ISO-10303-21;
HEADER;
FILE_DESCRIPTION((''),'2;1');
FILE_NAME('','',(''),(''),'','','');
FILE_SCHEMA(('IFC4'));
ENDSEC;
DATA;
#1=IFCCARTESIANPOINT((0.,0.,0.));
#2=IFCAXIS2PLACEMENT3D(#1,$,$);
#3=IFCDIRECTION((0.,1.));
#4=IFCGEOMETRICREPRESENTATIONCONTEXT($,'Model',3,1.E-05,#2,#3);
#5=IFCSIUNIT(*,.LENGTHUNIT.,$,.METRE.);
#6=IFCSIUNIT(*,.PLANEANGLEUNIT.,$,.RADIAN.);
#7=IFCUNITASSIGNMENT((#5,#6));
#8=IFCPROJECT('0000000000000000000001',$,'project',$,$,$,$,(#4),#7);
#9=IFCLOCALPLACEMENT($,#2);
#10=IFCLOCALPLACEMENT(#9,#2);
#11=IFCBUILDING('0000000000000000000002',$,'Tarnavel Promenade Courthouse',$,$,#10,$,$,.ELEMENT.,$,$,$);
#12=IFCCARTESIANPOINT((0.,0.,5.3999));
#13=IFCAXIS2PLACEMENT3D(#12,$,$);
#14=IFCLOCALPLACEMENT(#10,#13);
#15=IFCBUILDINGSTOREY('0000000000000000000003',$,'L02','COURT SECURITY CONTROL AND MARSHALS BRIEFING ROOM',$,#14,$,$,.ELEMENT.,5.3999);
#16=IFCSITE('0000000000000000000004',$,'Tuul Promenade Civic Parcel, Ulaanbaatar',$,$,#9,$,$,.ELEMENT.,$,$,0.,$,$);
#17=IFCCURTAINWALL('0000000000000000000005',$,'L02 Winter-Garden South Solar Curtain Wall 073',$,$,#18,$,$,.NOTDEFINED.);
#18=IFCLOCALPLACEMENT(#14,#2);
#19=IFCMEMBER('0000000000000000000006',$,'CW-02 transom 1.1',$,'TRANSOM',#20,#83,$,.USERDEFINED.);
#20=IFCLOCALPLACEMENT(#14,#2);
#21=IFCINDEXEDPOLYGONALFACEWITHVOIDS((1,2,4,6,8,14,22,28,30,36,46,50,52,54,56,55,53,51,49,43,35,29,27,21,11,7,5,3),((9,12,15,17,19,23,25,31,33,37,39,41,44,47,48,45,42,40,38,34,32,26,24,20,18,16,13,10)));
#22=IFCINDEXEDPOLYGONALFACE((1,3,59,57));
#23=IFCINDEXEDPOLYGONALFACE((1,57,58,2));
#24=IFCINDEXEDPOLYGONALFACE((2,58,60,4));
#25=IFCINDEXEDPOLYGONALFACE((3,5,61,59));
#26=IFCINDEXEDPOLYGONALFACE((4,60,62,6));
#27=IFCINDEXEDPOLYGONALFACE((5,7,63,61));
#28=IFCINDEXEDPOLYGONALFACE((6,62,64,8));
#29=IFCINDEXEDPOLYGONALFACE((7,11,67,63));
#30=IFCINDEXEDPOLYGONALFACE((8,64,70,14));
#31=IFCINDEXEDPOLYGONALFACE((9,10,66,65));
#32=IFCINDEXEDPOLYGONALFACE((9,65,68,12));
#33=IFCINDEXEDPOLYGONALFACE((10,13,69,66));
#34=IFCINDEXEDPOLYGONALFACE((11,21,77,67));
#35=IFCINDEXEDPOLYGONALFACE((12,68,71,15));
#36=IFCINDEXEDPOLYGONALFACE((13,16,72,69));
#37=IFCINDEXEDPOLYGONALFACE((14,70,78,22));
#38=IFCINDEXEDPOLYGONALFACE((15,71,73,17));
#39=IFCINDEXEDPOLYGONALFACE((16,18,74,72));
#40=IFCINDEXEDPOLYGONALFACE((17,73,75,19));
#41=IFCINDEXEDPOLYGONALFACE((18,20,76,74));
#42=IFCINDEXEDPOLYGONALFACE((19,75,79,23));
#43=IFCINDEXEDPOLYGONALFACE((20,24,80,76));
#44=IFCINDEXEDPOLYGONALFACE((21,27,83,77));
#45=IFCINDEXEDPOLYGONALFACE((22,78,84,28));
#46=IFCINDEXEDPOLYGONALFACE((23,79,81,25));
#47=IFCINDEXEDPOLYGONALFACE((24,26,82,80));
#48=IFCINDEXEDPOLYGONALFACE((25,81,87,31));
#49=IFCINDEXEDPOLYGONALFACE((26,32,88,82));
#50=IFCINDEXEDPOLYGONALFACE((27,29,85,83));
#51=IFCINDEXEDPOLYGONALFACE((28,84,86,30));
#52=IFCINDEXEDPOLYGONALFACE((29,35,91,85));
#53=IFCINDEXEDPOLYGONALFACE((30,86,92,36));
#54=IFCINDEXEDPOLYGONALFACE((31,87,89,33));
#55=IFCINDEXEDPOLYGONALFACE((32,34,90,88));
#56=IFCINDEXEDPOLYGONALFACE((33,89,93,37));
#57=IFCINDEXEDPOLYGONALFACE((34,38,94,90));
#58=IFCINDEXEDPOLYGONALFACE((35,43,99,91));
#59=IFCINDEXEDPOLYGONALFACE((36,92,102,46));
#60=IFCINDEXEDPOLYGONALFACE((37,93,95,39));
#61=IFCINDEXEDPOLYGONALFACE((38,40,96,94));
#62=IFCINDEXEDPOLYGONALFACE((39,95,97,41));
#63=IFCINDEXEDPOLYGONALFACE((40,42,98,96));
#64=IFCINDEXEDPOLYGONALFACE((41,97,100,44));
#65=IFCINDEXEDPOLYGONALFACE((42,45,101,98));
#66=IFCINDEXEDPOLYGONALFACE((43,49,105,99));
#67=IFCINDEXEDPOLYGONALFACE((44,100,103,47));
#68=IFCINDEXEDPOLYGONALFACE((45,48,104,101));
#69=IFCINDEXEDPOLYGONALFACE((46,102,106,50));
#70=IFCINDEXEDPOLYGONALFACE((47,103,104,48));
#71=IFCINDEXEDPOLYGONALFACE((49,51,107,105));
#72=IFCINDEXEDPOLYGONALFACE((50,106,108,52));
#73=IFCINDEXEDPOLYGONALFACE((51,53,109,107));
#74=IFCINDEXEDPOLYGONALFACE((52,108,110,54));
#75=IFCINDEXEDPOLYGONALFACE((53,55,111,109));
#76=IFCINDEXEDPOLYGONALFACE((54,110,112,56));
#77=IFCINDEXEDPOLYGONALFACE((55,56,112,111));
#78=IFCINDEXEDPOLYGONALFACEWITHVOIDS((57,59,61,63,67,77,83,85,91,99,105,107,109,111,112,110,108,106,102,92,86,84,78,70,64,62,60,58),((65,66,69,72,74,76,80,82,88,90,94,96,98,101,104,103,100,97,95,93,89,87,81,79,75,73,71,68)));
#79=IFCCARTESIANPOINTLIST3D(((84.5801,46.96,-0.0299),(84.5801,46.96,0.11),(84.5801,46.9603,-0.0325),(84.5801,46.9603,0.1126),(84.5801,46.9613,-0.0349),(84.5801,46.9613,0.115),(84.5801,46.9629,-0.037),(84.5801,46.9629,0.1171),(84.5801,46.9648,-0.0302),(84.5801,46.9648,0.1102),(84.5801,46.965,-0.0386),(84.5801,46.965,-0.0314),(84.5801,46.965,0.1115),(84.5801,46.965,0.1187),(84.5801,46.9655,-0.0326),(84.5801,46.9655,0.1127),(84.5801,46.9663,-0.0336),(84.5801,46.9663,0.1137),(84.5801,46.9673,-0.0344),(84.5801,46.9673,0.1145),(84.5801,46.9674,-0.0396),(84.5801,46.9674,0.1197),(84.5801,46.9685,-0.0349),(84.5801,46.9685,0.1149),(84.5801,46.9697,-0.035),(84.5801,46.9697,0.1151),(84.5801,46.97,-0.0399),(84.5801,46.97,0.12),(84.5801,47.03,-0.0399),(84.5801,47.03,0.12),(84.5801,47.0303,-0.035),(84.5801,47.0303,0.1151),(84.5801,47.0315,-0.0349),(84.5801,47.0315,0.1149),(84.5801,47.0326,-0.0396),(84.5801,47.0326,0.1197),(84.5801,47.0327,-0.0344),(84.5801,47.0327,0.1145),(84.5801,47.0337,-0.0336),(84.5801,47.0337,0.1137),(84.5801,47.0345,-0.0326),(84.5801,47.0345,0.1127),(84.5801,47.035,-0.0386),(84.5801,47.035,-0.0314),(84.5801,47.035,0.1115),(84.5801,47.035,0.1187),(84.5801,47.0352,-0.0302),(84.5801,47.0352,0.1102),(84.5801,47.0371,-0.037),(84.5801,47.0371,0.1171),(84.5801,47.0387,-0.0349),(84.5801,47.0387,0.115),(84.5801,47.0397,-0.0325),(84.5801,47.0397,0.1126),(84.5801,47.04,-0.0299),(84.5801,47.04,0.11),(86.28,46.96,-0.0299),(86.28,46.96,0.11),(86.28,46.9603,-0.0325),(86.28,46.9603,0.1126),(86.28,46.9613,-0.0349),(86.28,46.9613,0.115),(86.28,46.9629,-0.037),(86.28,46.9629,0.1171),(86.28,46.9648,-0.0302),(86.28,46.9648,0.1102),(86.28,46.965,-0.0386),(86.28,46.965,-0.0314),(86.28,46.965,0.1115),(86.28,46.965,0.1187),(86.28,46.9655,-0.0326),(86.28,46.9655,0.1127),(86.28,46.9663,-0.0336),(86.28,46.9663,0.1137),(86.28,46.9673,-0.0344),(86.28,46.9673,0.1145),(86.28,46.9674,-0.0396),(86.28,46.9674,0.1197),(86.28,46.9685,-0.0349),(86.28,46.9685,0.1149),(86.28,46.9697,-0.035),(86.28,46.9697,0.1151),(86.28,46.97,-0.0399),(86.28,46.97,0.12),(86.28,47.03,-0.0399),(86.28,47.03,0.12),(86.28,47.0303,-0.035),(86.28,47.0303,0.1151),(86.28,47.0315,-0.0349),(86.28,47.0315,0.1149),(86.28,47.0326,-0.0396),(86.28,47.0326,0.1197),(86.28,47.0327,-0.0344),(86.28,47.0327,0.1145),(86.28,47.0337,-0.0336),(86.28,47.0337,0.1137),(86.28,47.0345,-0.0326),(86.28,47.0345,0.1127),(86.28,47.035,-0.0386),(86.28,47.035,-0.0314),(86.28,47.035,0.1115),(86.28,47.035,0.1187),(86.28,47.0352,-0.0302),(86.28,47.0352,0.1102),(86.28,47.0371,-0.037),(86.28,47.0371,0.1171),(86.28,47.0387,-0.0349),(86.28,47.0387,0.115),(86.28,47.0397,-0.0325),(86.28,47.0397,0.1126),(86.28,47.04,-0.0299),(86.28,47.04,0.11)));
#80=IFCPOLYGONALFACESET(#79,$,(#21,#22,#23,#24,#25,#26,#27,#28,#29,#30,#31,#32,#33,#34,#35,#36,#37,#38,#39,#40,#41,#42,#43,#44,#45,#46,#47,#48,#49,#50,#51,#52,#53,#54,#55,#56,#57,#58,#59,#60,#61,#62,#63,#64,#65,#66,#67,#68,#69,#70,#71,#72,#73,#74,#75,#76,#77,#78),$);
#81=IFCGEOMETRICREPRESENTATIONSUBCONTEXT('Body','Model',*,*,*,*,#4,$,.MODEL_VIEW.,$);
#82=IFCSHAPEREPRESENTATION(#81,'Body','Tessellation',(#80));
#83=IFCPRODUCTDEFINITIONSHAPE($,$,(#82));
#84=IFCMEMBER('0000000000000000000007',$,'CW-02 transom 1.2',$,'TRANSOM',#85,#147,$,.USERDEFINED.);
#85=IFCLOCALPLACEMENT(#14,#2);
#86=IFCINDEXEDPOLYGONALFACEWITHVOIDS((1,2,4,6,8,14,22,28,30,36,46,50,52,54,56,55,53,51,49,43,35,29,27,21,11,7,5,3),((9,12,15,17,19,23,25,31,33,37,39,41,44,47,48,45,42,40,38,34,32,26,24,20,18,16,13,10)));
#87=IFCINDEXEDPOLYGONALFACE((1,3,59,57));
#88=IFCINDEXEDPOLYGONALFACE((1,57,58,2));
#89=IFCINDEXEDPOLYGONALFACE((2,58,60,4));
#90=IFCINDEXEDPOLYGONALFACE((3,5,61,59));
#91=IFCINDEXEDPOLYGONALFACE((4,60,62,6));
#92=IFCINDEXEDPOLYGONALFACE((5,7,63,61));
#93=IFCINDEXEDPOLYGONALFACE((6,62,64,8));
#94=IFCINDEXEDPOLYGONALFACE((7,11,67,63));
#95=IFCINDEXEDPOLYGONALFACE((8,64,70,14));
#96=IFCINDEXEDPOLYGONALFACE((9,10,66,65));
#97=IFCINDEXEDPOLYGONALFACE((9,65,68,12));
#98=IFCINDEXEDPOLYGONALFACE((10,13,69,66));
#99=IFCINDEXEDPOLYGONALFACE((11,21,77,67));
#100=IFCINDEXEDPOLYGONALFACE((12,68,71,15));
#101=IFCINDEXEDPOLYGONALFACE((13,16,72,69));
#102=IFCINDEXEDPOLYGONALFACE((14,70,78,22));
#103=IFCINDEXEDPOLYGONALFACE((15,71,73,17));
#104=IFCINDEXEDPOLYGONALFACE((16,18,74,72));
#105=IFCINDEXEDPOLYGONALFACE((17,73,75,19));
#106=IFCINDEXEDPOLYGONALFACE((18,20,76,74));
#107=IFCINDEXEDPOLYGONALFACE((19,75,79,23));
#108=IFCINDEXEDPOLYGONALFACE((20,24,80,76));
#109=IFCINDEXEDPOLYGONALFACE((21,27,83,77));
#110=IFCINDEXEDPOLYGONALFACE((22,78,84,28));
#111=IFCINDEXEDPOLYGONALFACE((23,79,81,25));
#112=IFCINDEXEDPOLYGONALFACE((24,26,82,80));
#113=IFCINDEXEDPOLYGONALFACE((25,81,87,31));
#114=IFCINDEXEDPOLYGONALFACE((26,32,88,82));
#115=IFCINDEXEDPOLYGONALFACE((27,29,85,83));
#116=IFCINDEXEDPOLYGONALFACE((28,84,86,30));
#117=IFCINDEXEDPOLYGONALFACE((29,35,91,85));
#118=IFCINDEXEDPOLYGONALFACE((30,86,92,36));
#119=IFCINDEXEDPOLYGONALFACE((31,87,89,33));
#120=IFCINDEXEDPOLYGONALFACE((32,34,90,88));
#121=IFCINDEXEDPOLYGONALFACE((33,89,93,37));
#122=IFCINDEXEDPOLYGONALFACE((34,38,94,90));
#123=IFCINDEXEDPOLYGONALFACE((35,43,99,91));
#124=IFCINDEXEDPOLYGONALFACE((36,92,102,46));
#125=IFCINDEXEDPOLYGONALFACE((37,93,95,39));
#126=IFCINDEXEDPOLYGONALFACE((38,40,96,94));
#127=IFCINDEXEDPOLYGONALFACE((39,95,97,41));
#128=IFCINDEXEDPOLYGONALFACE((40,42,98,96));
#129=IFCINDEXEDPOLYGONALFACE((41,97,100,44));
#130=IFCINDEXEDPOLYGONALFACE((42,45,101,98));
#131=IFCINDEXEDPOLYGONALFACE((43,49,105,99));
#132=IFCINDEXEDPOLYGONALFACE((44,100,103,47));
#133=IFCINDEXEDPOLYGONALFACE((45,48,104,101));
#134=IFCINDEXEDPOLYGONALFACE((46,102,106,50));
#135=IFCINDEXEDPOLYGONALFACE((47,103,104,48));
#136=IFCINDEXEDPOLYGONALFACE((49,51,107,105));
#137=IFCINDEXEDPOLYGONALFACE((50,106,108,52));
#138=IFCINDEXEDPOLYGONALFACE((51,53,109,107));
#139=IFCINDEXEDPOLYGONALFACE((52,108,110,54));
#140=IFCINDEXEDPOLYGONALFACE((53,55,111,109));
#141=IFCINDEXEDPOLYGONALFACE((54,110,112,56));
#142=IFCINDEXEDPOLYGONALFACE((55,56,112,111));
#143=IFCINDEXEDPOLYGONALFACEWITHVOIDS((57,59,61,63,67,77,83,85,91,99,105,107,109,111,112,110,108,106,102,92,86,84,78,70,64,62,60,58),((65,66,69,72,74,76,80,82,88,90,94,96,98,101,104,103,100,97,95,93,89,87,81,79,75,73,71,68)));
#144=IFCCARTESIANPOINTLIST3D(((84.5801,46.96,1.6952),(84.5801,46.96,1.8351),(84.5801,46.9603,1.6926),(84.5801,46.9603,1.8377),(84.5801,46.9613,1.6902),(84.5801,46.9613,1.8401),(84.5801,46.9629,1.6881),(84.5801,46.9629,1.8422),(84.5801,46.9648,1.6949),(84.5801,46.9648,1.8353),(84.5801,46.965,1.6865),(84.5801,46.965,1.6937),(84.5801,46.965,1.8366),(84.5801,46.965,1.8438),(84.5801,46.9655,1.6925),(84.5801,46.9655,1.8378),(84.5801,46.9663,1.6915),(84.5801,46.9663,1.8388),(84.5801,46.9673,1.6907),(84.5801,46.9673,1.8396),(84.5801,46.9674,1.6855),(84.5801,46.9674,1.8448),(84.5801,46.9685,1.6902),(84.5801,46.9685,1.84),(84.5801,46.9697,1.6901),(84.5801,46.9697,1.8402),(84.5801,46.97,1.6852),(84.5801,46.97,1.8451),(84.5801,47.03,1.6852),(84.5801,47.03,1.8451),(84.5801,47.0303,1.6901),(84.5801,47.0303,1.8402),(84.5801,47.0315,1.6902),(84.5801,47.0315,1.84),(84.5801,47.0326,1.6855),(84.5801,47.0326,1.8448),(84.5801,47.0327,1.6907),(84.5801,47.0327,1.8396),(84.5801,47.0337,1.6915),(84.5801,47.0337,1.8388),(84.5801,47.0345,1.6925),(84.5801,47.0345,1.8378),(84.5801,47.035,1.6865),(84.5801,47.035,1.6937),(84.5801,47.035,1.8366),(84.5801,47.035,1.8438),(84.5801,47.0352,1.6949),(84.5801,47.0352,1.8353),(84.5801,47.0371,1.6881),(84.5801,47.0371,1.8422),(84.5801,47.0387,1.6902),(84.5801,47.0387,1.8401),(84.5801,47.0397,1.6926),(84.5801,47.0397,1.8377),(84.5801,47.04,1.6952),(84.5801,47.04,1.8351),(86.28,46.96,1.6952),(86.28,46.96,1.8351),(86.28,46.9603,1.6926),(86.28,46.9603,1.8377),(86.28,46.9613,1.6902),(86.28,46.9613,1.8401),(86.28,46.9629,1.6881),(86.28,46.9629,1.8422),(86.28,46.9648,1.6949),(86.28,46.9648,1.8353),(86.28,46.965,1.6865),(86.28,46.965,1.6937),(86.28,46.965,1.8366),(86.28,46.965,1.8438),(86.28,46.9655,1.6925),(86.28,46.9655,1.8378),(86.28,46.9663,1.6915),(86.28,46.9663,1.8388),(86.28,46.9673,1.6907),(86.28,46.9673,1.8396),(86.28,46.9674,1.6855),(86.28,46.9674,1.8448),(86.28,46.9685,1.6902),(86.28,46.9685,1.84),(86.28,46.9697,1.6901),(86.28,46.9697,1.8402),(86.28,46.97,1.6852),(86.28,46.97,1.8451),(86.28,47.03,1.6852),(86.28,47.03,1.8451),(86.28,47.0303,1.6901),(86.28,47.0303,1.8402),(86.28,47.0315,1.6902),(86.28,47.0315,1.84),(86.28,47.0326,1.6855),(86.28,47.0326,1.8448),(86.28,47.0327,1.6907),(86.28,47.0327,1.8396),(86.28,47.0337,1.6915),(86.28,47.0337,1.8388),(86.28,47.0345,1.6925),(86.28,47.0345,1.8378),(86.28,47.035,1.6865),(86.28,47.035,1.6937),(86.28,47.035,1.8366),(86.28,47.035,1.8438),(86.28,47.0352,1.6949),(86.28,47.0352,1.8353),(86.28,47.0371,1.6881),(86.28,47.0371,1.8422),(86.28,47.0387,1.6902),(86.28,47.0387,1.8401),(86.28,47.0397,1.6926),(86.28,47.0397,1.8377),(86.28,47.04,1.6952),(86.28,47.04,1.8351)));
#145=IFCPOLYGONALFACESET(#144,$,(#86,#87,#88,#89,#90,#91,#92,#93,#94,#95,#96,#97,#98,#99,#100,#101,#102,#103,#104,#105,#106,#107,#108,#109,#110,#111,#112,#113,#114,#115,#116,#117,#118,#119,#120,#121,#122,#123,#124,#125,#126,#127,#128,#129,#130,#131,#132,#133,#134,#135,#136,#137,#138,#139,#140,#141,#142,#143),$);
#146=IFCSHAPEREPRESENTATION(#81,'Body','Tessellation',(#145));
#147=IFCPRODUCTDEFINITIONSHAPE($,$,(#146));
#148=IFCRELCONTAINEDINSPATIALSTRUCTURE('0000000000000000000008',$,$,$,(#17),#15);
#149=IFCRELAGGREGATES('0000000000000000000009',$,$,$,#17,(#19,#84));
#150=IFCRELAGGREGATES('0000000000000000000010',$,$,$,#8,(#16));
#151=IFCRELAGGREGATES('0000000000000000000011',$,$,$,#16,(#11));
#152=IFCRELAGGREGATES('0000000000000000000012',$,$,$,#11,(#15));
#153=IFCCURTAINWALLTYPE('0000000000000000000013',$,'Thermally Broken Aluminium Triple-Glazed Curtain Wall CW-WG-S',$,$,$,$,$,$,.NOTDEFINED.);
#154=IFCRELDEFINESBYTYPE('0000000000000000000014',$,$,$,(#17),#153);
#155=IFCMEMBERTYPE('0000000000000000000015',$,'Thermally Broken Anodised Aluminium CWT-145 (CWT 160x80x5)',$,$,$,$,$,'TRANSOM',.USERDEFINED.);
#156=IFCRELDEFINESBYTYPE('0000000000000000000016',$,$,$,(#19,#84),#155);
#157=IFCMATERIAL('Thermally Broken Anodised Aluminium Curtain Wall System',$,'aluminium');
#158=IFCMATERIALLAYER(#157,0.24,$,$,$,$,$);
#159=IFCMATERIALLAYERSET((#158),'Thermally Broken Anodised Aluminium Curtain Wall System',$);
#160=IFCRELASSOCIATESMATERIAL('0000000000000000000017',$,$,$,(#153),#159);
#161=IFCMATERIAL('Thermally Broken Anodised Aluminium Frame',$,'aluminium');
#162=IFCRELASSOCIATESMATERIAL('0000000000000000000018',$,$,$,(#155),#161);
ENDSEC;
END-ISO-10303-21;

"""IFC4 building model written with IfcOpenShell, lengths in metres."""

from ifc_helpers import new_model, si_unit, direction, frame, origin, origin_2d, place, context, subcontext, project, spatial, hollow_rectangle, extrude, material, layer, layer_set, material_profile, profile_set, type_object, element, aggregate, save


model = new_model("IFC4")

# Units and contexts
model_context = context("Model", 3, precision=1e-05, world=origin(), true_north=direction((0.0, 1.0)))
body_context = subcontext(model_context, "Body", "Model", "MODEL_VIEW")
ifc_project = project(units=[si_unit("LENGTHUNIT", "METRE"), si_unit("PLANEANGLEUNIT", "RADIAN")], contexts=[model_context])

# Site, building, storey
site_placement = place(None, origin())
site = spatial("IfcSite", under=ifc_project, at=site_placement, Name="Tuul Promenade Civic Parcel, Ulaanbaatar", CompositionType="ELEMENT", RefElevation=0.0)
building_placement = place(site_placement, origin())
building = spatial("IfcBuilding", under=site, at=building_placement, Name="Tarnavel Promenade Courthouse", CompositionType="ELEMENT")
storey_placement = place(building_placement, frame((0.0, 0.0, 5.3999)))
storey = spatial("IfcBuildingStorey", under=building, at=storey_placement, Name="L02", Description="COURT SECURITY CONTROL AND MARSHALS BRIEFING ROOM", CompositionType="ELEMENT", Elevation=5.3999)

# Curtain wall
ifc_material_1 = material(Name="Thermally Broken Anodised Aluminium Curtain Wall System", Category="aluminium")
ifc_layer_1 = layer(ifc_material_1, 0.24)
ifc_layer_set_1 = layer_set([ifc_layer_1], Name="Thermally Broken Anodised Aluminium Curtain Wall System")
curtain_wall_type = type_object("IfcCurtainWallType", Name="Thermally Broken Aluminium Triple-Glazed Curtain Wall CW-WG-S", PredefinedType="NOTDEFINED", material=ifc_layer_set_1)
ifc_material_2 = material(Name="Thermally Broken Anodised Aluminium Frame", Category="aluminium")
curtain_wall_1_placement = place(storey_placement, origin())
curtain_wall_1 = element("IfcCurtainWall", 1, at=curtain_wall_1_placement, inside=storey, type_object=curtain_wall_type, Name="L02 Winter-Garden South Solar Curtain Wall 073", PredefinedType="NOTDEFINED")

# Members
ifc_material_profile_1 = material_profile(ifc_material_2, hollow_rectangle(XDim=0.0801, YDim=0.1599, WallThickness=0.0049, InnerFilletRadius=0.0049, OuterFilletRadius=0.01, at=origin_2d()), Name="CWT 160x80x5")
ifc_profile_set_1 = profile_set([ifc_material_profile_1], Name="Thermally Broken Anodised Aluminium Frame")
member_type_1 = type_object("IfcMemberType", Name="Thermally Broken Anodised Aluminium CWT-145 (CWT 160x80x5)", ElementType="TRANSOM", PredefinedType="USERDEFINED", material=ifc_profile_set_1)
member_1_placement = place(storey_placement, frame((84.5801, 47.0, 0.04), z_axis=(1.0, 0.0, 0.0), x_axis=(0.0, 1.0, 0.0)))
member_1 = element("IfcMember", 2, at=member_1_placement, type_object=member_type_1, Name="CW-02 transom 1.1", ObjectType="TRANSOM", PredefinedType="USERDEFINED", context=body_context, shape_type="SweptSolid", body=[
    extrude(hollow_rectangle(XDim=0.0801, YDim=0.1599, WallThickness=0.0049, InnerFilletRadius=0.0049, OuterFilletRadius=0.01, at=origin_2d()), origin(), (0.0, 0.0, 1.0), 1.7),
])
member_2_placement = place(storey_placement, frame((84.5801, 47.0, 1.7651), z_axis=(1.0, 0.0, 0.0), x_axis=(0.0, 1.0, 0.0)))
member_2 = element("IfcMember", 3, at=member_2_placement, type_object=member_type_1, Name="CW-02 transom 1.2", ObjectType="TRANSOM", PredefinedType="USERDEFINED", context=body_context, shape_type="SweptSolid", body=[
    extrude(hollow_rectangle(XDim=0.0801, YDim=0.1599, WallThickness=0.0049, InnerFilletRadius=0.0049, OuterFilletRadius=0.01, at=origin_2d()), origin(), (0.0, 0.0, 1.0), 1.7),
])

aggregate(curtain_wall_1, [member_1, member_2])

save(model, "model.ifc")
